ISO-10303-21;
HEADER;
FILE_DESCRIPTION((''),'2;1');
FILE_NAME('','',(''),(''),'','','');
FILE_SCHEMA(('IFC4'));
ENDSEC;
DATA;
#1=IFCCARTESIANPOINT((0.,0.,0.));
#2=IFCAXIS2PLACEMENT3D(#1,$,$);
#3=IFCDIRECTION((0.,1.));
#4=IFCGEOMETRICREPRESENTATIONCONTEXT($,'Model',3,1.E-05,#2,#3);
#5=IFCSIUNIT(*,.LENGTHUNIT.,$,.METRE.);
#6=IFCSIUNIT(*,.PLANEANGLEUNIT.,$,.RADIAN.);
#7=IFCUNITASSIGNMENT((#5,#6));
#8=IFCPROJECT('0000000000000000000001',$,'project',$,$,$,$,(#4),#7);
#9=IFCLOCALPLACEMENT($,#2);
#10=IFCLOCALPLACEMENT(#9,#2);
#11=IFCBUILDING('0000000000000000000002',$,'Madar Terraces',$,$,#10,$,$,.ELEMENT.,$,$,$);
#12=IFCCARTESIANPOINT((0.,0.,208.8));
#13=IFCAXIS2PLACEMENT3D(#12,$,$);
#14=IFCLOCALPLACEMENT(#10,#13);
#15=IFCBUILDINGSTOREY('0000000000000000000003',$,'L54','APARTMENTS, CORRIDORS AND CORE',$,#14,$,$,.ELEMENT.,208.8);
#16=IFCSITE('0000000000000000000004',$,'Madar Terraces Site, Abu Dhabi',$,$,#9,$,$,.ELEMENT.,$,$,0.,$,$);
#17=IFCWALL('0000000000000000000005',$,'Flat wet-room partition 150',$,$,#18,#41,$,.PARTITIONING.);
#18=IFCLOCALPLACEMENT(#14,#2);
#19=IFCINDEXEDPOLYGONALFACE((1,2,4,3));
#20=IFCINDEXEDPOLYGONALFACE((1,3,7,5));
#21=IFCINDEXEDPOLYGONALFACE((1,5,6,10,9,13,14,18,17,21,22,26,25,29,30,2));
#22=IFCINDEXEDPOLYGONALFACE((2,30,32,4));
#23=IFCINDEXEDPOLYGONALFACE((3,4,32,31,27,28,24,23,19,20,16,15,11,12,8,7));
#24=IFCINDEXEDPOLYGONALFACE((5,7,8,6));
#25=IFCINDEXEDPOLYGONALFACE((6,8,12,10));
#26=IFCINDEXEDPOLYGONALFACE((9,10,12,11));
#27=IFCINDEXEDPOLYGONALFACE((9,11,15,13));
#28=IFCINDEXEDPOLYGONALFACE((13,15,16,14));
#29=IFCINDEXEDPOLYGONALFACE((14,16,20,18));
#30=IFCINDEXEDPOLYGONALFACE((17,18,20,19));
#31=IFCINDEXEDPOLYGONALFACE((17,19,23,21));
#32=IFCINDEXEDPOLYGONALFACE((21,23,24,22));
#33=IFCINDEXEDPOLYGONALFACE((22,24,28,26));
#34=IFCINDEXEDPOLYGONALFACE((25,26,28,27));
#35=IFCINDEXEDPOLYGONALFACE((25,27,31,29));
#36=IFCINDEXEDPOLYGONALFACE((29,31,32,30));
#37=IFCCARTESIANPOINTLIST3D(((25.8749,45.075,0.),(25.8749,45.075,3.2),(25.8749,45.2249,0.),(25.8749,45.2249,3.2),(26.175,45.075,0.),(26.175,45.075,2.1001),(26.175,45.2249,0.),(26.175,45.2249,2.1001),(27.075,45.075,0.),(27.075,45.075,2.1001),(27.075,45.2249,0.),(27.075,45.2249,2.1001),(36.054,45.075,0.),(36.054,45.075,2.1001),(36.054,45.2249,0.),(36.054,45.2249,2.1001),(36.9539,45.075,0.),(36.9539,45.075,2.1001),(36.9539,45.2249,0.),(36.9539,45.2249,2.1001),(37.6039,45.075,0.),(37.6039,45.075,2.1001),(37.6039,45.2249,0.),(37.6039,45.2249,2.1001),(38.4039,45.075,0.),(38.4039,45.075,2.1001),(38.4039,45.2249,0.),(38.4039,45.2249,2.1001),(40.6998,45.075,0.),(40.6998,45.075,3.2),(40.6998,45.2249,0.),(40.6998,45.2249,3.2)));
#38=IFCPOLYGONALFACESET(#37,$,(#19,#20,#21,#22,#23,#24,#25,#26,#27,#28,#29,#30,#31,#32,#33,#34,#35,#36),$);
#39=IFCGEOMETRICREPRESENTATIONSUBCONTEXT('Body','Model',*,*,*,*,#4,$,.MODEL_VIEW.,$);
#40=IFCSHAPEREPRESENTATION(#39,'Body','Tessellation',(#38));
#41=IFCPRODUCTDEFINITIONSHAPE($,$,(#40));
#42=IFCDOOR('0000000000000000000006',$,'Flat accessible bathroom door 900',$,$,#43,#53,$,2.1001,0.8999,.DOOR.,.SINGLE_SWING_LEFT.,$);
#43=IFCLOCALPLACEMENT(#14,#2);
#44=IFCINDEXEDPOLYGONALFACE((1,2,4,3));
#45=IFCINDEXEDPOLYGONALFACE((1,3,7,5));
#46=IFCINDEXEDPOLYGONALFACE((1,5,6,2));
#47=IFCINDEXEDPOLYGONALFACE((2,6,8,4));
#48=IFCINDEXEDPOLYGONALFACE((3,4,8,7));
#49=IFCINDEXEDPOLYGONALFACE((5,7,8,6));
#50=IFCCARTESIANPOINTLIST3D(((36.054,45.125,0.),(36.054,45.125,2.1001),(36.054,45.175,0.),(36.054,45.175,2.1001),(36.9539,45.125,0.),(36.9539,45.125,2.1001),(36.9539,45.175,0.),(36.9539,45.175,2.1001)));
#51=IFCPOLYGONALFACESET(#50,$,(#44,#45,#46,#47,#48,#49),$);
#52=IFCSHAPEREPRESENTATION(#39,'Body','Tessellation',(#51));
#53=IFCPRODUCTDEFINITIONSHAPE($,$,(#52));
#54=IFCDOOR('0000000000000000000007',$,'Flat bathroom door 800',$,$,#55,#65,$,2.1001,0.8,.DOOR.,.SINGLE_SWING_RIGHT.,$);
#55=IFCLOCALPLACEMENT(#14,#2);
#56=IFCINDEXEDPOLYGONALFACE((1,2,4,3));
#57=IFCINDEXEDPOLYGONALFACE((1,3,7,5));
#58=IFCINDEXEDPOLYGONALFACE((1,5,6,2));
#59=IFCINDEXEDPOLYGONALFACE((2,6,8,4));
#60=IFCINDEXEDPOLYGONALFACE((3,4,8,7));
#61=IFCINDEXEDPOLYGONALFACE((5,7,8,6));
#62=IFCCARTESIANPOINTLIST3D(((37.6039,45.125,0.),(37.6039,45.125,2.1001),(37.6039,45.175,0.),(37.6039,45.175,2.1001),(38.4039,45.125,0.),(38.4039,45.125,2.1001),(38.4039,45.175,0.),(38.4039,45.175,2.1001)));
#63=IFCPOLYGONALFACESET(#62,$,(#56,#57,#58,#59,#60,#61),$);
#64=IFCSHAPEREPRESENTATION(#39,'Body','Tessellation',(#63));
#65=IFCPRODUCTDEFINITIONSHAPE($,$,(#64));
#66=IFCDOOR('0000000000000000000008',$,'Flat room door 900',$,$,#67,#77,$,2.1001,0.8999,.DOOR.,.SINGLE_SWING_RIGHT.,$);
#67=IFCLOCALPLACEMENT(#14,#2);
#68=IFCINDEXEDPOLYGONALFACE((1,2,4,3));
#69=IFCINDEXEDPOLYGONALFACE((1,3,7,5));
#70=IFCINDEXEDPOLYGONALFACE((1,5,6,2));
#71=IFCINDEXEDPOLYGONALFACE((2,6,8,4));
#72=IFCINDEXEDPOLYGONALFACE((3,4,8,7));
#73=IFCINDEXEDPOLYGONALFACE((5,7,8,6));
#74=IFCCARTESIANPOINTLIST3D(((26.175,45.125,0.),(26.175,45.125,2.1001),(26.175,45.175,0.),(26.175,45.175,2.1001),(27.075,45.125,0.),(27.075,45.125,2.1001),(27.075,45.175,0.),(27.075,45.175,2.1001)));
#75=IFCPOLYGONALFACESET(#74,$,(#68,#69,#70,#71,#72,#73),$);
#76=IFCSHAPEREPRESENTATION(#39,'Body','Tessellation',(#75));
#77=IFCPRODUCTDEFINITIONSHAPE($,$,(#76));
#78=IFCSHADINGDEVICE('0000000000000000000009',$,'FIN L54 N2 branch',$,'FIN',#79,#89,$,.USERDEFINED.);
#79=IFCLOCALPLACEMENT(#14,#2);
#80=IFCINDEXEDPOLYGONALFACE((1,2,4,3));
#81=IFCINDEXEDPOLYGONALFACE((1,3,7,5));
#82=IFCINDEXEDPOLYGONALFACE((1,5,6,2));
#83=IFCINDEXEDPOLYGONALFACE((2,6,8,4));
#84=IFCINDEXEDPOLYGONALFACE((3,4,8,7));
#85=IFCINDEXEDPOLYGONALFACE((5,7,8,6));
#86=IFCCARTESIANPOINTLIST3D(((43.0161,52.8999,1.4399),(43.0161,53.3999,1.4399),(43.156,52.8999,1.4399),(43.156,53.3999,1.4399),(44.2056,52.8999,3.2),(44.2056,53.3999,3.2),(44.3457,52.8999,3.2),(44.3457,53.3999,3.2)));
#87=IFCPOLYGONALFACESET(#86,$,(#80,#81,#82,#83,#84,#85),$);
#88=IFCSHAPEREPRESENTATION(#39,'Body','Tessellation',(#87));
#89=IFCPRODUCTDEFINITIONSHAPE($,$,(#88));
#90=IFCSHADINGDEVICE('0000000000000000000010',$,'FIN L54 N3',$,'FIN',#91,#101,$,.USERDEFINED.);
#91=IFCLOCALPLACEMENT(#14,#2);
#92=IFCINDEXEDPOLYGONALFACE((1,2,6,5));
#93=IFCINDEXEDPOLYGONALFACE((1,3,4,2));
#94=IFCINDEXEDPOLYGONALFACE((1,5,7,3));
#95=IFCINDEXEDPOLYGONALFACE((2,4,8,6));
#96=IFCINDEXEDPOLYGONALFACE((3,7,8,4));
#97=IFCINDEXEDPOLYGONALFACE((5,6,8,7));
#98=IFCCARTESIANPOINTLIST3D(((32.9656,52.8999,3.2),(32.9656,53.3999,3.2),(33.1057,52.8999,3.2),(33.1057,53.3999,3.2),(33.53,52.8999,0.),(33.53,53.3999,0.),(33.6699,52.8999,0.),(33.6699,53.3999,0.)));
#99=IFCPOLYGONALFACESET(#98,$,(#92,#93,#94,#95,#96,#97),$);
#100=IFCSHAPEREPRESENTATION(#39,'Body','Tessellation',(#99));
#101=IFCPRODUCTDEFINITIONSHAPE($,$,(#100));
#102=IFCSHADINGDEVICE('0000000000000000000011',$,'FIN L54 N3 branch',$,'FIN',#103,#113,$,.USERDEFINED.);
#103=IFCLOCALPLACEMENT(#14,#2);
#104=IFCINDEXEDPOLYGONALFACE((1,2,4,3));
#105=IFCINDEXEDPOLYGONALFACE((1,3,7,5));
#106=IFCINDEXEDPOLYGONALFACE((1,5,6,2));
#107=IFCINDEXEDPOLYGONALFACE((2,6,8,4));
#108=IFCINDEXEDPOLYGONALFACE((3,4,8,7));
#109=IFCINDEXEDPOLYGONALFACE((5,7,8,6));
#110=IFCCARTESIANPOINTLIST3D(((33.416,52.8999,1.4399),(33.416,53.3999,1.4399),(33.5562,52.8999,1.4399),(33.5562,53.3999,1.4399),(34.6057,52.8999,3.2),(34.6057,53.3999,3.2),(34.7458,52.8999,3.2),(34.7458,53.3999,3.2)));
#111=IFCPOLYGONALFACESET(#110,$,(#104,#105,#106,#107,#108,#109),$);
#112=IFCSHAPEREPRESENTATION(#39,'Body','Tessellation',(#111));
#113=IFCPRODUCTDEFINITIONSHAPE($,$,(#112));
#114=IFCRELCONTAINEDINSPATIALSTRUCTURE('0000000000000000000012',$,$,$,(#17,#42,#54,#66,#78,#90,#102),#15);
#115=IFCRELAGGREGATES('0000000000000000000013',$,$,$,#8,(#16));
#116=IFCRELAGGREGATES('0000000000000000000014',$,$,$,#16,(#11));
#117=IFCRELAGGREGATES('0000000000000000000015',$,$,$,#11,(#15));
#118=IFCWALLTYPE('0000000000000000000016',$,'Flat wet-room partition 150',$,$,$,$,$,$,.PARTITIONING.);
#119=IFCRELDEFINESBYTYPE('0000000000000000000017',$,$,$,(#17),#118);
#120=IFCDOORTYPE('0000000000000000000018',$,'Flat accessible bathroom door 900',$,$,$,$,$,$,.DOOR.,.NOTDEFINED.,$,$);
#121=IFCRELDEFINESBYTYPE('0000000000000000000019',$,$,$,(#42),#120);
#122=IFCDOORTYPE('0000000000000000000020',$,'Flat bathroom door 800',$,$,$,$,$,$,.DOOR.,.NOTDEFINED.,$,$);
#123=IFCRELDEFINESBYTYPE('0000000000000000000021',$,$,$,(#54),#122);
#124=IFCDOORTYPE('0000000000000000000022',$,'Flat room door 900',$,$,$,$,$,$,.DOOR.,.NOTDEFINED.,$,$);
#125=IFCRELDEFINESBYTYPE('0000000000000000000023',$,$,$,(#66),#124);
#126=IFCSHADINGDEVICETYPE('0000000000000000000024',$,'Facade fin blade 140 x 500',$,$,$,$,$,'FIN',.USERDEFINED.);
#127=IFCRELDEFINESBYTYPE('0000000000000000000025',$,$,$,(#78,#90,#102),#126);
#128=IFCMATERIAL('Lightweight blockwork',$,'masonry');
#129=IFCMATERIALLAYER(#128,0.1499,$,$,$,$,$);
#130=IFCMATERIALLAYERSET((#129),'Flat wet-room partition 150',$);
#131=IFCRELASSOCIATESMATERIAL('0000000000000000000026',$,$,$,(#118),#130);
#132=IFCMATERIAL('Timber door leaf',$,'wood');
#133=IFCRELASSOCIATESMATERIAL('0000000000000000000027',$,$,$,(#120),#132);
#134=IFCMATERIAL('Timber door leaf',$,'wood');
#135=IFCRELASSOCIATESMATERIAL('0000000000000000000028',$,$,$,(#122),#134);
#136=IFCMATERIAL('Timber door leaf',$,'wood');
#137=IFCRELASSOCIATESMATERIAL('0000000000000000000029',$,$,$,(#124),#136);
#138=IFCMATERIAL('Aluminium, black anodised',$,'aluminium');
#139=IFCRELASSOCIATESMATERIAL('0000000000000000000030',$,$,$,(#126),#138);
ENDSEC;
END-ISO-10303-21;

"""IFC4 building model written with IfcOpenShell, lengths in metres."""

from ifc_helpers import new_model, si_unit, direction, frame, frame_2d, origin, place, context, subcontext, project, spatial, polyline, rectangle, outline, extrude, material, layer, layer_set, type_object, element, fill, save


model = new_model("IFC4")

# Units and contexts
model_context = context("Model", 3, precision=1e-05, world=origin(), true_north=direction((0.0, 1.0)))
body_context = subcontext(model_context, "Body", "Model", "MODEL_VIEW")
ifc_project = project(units=[si_unit("LENGTHUNIT", "METRE"), si_unit("PLANEANGLEUNIT", "RADIAN")], contexts=[model_context])

# Site, building, storey
site_placement = place(None, origin())
site = spatial("IfcSite", under=ifc_project, at=site_placement, Name="Madar Terraces Site, Abu Dhabi", CompositionType="ELEMENT", RefElevation=0.0)
building_placement = place(site_placement, origin())
building = spatial("IfcBuilding", under=site, at=building_placement, Name="Madar Terraces", CompositionType="ELEMENT")
storey_placement = place(building_placement, frame((0.0, 0.0, 208.8)))
storey = spatial("IfcBuildingStorey", under=building, at=storey_placement, Name="L54", Description="APARTMENTS, CORRIDORS AND CORE", CompositionType="ELEMENT", Elevation=208.8)

# Wall, openings, doors
ifc_material_1 = material(Name="Lightweight blockwork", Category="masonry")
ifc_layer_1 = layer(ifc_material_1, 0.1499)
ifc_layer_set_1 = layer_set([ifc_layer_1], Name="Flat wet-room partition 150")
wall_type_1 = type_object("IfcWallType", Name="Flat wet-room partition 150", PredefinedType="PARTITIONING", material=ifc_layer_set_1)
wall_1_placement = place(storey_placement, frame((40.7, 45.1499, 0.0), z_axis=(0.0, 0.0, 1.0), x_axis=(-1.0, 0.0, 0.0)))
wall_1 = element("IfcWall", 1, at=wall_1_placement, inside=storey, type_object=wall_type_1, Name="Flat wet-room partition 150", PredefinedType="PARTITIONING", context=body_context, shape_type="SweptSolid", body=[
    extrude(rectangle(XDim=14.825, YDim=0.1499, at=frame_2d((7.4126, 0.0))), origin(), (0.0, 0.0, 1.0), 3.2),
])
opening_1_placement = place(wall_1_placement, frame((13.625, 0.0, 0.0)))
opening_1 = element("IfcOpeningElement", 2, at=opening_1_placement, cuts=wall_1, PredefinedType="OPENING", context=body_context, shape_type="SweptSolid", body=[
    extrude(rectangle(XDim=0.8999, YDim=2.1001, at=frame_2d((0.45, 1.05))), frame((0.0, 0.085, 0.0), z_axis=(0.0, -1.0, 0.0), x_axis=(1.0, 0.0, 0.0)), (0.0, 0.0, 1.0), 0.1699),
])
opening_2_placement = place(wall_1_placement, frame((3.7461, 0.0, 0.0)))
opening_2 = element("IfcOpeningElement", 3, at=opening_2_placement, cuts=wall_1, PredefinedType="OPENING", context=body_context, shape_type="SweptSolid", body=[
    extrude(rectangle(XDim=0.8999, YDim=2.1001, at=frame_2d((0.45, 1.05))), frame((0.0, 0.085, 0.0), z_axis=(0.0, -1.0, 0.0), x_axis=(1.0, 0.0, 0.0)), (0.0, 0.0, 1.0), 0.1699),
])
opening_3_placement = place(wall_1_placement, frame((2.2961, 0.0, 0.0)))
opening_3 = element("IfcOpeningElement", 4, at=opening_3_placement, cuts=wall_1, PredefinedType="OPENING", context=body_context, shape_type="SweptSolid", body=[
    extrude(rectangle(XDim=0.8, YDim=2.1001, at=frame_2d((0.3999, 1.05))), frame((0.0, 0.085, 0.0), z_axis=(0.0, -1.0, 0.0), x_axis=(1.0, 0.0, 0.0)), (0.0, 0.0, 1.0), 0.1699),
])
ifc_material_2 = material(Name="Timber door leaf", Category="wood")
door_type_1 = type_object("IfcDoorType", Name="Flat accessible bathroom door 900", OperationType="NOTDEFINED", PredefinedType="DOOR", material=ifc_material_2)
door_1_placement = place(opening_2_placement, origin())
door_1 = element("IfcDoor", 5, at=door_1_placement, inside=storey, type_object=door_type_1, Name="Flat accessible bathroom door 900", OperationType="SINGLE_SWING_LEFT", OverallHeight=2.1001, OverallWidth=0.8999, PredefinedType="DOOR", context=body_context, shape_type="SweptSolid", body=[
    extrude(rectangle(XDim=0.8999, YDim=2.1001, at=frame_2d((0.45, 1.05))), frame((0.0, 0.0249, 0.0), z_axis=(0.0, -1.0, 0.0), x_axis=(1.0, 0.0, 0.0)), (0.0, 0.0, 1.0), 0.05),
])
fill(opening_2, door_1)
ifc_material_3 = material(Name="Timber door leaf", Category="wood")
door_type_2 = type_object("IfcDoorType", Name="Flat bathroom door 800", OperationType="NOTDEFINED", PredefinedType="DOOR", material=ifc_material_3)
door_2_placement = place(opening_3_placement, origin())
door_2 = element("IfcDoor", 6, at=door_2_placement, inside=storey, type_object=door_type_2, Name="Flat bathroom door 800", OperationType="SINGLE_SWING_RIGHT", OverallHeight=2.1001, OverallWidth=0.8, PredefinedType="DOOR", context=body_context, shape_type="SweptSolid", body=[
    extrude(rectangle(XDim=0.8, YDim=2.1001, at=frame_2d((0.3999, 1.05))), frame((0.0, 0.0249, 0.0), z_axis=(0.0, -1.0, 0.0), x_axis=(1.0, 0.0, 0.0)), (0.0, 0.0, 1.0), 0.05),
])
fill(opening_3, door_2)
ifc_material_4 = material(Name="Timber door leaf", Category="wood")
door_type_3 = type_object("IfcDoorType", Name="Flat room door 900", OperationType="NOTDEFINED", PredefinedType="DOOR", material=ifc_material_4)
door_3_placement = place(opening_1_placement, origin())
door_3 = element("IfcDoor", 7, at=door_3_placement, inside=storey, type_object=door_type_3, Name="Flat room door 900", OperationType="SINGLE_SWING_RIGHT", OverallHeight=2.1001, OverallWidth=0.8999, PredefinedType="DOOR", context=body_context, shape_type="SweptSolid", body=[
    extrude(rectangle(XDim=0.8999, YDim=2.1001, at=frame_2d((0.45, 1.05))), frame((0.0, 0.0249, 0.0), z_axis=(0.0, -1.0, 0.0), x_axis=(1.0, 0.0, 0.0)), (0.0, 0.0, 1.0), 0.05),
])
fill(opening_1, door_3)

# Shading devices
ifc_material_5 = material(Name="Aluminium, black anodised", Category="aluminium")
shading_device_type = type_object("IfcShadingDeviceType", Name="Facade fin blade 140 x 500", ElementType="FIN", PredefinedType="USERDEFINED", material=ifc_material_5)
shading_device_1_placement = place(storey_placement, frame((43.156, 53.1499, 1.4399), z_axis=(0.0, 0.0, 1.0), x_axis=(-1.0, 0.0, 0.0)))
element("IfcShadingDevice", 8, at=shading_device_1_placement, inside=storey, type_object=shading_device_type, Name="FIN L54 N2 branch", ObjectType="FIN", PredefinedType="USERDEFINED", context=body_context, shape_type="SweptSolid", body=[
    extrude(outline(polyline([(0.0, 0.0), (0.1399, 0.0), (-1.0496, 1.76), (-1.1897, 1.76), (0.0, 0.0)])), frame((0.0, 0.25, 0.0), z_axis=(0.0, -1.0, 0.0), x_axis=(1.0, 0.0, 0.0)), (0.0, 0.0, 1.0), 0.5),
])
shading_device_2_placement = place(storey_placement, frame((33.6699, 53.1499, 0.0), z_axis=(0.0, 0.0, 1.0), x_axis=(-1.0, 0.0, 0.0)))
element("IfcShadingDevice", 9, at=shading_device_2_placement, inside=storey, type_object=shading_device_type, Name="FIN L54 N3", ObjectType="FIN", PredefinedType="USERDEFINED", context=body_context, shape_type="SweptSolid", body=[
    extrude(outline(polyline([(0.0, 0.0), (0.1399, 0.0), (0.7043, 3.2), (0.5642, 3.2), (0.0, 0.0)])), frame((0.0, 0.25, 0.0), z_axis=(0.0, -1.0, 0.0), x_axis=(1.0, 0.0, 0.0)), (0.0, 0.0, 1.0), 0.5),
])
shading_device_3_placement = place(storey_placement, frame((33.5562, 53.1499, 1.4399), z_axis=(0.0, 0.0, 1.0), x_axis=(-1.0, 0.0, 0.0)))
element("IfcShadingDevice", 10, at=shading_device_3_placement, inside=storey, type_object=shading_device_type, Name="FIN L54 N3 branch", ObjectType="FIN", PredefinedType="USERDEFINED", context=body_context, shape_type="SweptSolid", body=[
    extrude(outline(polyline([(0.0, 0.0), (0.1401, 0.0), (-1.0496, 1.76), (-1.1897, 1.76), (0.0, 0.0)])), frame((0.0, 0.25, 0.0), z_axis=(0.0, -1.0, 0.0), x_axis=(1.0, 0.0, 0.0)), (0.0, 0.0, 1.0), 0.5),
])

save(model, "model.ifc")
